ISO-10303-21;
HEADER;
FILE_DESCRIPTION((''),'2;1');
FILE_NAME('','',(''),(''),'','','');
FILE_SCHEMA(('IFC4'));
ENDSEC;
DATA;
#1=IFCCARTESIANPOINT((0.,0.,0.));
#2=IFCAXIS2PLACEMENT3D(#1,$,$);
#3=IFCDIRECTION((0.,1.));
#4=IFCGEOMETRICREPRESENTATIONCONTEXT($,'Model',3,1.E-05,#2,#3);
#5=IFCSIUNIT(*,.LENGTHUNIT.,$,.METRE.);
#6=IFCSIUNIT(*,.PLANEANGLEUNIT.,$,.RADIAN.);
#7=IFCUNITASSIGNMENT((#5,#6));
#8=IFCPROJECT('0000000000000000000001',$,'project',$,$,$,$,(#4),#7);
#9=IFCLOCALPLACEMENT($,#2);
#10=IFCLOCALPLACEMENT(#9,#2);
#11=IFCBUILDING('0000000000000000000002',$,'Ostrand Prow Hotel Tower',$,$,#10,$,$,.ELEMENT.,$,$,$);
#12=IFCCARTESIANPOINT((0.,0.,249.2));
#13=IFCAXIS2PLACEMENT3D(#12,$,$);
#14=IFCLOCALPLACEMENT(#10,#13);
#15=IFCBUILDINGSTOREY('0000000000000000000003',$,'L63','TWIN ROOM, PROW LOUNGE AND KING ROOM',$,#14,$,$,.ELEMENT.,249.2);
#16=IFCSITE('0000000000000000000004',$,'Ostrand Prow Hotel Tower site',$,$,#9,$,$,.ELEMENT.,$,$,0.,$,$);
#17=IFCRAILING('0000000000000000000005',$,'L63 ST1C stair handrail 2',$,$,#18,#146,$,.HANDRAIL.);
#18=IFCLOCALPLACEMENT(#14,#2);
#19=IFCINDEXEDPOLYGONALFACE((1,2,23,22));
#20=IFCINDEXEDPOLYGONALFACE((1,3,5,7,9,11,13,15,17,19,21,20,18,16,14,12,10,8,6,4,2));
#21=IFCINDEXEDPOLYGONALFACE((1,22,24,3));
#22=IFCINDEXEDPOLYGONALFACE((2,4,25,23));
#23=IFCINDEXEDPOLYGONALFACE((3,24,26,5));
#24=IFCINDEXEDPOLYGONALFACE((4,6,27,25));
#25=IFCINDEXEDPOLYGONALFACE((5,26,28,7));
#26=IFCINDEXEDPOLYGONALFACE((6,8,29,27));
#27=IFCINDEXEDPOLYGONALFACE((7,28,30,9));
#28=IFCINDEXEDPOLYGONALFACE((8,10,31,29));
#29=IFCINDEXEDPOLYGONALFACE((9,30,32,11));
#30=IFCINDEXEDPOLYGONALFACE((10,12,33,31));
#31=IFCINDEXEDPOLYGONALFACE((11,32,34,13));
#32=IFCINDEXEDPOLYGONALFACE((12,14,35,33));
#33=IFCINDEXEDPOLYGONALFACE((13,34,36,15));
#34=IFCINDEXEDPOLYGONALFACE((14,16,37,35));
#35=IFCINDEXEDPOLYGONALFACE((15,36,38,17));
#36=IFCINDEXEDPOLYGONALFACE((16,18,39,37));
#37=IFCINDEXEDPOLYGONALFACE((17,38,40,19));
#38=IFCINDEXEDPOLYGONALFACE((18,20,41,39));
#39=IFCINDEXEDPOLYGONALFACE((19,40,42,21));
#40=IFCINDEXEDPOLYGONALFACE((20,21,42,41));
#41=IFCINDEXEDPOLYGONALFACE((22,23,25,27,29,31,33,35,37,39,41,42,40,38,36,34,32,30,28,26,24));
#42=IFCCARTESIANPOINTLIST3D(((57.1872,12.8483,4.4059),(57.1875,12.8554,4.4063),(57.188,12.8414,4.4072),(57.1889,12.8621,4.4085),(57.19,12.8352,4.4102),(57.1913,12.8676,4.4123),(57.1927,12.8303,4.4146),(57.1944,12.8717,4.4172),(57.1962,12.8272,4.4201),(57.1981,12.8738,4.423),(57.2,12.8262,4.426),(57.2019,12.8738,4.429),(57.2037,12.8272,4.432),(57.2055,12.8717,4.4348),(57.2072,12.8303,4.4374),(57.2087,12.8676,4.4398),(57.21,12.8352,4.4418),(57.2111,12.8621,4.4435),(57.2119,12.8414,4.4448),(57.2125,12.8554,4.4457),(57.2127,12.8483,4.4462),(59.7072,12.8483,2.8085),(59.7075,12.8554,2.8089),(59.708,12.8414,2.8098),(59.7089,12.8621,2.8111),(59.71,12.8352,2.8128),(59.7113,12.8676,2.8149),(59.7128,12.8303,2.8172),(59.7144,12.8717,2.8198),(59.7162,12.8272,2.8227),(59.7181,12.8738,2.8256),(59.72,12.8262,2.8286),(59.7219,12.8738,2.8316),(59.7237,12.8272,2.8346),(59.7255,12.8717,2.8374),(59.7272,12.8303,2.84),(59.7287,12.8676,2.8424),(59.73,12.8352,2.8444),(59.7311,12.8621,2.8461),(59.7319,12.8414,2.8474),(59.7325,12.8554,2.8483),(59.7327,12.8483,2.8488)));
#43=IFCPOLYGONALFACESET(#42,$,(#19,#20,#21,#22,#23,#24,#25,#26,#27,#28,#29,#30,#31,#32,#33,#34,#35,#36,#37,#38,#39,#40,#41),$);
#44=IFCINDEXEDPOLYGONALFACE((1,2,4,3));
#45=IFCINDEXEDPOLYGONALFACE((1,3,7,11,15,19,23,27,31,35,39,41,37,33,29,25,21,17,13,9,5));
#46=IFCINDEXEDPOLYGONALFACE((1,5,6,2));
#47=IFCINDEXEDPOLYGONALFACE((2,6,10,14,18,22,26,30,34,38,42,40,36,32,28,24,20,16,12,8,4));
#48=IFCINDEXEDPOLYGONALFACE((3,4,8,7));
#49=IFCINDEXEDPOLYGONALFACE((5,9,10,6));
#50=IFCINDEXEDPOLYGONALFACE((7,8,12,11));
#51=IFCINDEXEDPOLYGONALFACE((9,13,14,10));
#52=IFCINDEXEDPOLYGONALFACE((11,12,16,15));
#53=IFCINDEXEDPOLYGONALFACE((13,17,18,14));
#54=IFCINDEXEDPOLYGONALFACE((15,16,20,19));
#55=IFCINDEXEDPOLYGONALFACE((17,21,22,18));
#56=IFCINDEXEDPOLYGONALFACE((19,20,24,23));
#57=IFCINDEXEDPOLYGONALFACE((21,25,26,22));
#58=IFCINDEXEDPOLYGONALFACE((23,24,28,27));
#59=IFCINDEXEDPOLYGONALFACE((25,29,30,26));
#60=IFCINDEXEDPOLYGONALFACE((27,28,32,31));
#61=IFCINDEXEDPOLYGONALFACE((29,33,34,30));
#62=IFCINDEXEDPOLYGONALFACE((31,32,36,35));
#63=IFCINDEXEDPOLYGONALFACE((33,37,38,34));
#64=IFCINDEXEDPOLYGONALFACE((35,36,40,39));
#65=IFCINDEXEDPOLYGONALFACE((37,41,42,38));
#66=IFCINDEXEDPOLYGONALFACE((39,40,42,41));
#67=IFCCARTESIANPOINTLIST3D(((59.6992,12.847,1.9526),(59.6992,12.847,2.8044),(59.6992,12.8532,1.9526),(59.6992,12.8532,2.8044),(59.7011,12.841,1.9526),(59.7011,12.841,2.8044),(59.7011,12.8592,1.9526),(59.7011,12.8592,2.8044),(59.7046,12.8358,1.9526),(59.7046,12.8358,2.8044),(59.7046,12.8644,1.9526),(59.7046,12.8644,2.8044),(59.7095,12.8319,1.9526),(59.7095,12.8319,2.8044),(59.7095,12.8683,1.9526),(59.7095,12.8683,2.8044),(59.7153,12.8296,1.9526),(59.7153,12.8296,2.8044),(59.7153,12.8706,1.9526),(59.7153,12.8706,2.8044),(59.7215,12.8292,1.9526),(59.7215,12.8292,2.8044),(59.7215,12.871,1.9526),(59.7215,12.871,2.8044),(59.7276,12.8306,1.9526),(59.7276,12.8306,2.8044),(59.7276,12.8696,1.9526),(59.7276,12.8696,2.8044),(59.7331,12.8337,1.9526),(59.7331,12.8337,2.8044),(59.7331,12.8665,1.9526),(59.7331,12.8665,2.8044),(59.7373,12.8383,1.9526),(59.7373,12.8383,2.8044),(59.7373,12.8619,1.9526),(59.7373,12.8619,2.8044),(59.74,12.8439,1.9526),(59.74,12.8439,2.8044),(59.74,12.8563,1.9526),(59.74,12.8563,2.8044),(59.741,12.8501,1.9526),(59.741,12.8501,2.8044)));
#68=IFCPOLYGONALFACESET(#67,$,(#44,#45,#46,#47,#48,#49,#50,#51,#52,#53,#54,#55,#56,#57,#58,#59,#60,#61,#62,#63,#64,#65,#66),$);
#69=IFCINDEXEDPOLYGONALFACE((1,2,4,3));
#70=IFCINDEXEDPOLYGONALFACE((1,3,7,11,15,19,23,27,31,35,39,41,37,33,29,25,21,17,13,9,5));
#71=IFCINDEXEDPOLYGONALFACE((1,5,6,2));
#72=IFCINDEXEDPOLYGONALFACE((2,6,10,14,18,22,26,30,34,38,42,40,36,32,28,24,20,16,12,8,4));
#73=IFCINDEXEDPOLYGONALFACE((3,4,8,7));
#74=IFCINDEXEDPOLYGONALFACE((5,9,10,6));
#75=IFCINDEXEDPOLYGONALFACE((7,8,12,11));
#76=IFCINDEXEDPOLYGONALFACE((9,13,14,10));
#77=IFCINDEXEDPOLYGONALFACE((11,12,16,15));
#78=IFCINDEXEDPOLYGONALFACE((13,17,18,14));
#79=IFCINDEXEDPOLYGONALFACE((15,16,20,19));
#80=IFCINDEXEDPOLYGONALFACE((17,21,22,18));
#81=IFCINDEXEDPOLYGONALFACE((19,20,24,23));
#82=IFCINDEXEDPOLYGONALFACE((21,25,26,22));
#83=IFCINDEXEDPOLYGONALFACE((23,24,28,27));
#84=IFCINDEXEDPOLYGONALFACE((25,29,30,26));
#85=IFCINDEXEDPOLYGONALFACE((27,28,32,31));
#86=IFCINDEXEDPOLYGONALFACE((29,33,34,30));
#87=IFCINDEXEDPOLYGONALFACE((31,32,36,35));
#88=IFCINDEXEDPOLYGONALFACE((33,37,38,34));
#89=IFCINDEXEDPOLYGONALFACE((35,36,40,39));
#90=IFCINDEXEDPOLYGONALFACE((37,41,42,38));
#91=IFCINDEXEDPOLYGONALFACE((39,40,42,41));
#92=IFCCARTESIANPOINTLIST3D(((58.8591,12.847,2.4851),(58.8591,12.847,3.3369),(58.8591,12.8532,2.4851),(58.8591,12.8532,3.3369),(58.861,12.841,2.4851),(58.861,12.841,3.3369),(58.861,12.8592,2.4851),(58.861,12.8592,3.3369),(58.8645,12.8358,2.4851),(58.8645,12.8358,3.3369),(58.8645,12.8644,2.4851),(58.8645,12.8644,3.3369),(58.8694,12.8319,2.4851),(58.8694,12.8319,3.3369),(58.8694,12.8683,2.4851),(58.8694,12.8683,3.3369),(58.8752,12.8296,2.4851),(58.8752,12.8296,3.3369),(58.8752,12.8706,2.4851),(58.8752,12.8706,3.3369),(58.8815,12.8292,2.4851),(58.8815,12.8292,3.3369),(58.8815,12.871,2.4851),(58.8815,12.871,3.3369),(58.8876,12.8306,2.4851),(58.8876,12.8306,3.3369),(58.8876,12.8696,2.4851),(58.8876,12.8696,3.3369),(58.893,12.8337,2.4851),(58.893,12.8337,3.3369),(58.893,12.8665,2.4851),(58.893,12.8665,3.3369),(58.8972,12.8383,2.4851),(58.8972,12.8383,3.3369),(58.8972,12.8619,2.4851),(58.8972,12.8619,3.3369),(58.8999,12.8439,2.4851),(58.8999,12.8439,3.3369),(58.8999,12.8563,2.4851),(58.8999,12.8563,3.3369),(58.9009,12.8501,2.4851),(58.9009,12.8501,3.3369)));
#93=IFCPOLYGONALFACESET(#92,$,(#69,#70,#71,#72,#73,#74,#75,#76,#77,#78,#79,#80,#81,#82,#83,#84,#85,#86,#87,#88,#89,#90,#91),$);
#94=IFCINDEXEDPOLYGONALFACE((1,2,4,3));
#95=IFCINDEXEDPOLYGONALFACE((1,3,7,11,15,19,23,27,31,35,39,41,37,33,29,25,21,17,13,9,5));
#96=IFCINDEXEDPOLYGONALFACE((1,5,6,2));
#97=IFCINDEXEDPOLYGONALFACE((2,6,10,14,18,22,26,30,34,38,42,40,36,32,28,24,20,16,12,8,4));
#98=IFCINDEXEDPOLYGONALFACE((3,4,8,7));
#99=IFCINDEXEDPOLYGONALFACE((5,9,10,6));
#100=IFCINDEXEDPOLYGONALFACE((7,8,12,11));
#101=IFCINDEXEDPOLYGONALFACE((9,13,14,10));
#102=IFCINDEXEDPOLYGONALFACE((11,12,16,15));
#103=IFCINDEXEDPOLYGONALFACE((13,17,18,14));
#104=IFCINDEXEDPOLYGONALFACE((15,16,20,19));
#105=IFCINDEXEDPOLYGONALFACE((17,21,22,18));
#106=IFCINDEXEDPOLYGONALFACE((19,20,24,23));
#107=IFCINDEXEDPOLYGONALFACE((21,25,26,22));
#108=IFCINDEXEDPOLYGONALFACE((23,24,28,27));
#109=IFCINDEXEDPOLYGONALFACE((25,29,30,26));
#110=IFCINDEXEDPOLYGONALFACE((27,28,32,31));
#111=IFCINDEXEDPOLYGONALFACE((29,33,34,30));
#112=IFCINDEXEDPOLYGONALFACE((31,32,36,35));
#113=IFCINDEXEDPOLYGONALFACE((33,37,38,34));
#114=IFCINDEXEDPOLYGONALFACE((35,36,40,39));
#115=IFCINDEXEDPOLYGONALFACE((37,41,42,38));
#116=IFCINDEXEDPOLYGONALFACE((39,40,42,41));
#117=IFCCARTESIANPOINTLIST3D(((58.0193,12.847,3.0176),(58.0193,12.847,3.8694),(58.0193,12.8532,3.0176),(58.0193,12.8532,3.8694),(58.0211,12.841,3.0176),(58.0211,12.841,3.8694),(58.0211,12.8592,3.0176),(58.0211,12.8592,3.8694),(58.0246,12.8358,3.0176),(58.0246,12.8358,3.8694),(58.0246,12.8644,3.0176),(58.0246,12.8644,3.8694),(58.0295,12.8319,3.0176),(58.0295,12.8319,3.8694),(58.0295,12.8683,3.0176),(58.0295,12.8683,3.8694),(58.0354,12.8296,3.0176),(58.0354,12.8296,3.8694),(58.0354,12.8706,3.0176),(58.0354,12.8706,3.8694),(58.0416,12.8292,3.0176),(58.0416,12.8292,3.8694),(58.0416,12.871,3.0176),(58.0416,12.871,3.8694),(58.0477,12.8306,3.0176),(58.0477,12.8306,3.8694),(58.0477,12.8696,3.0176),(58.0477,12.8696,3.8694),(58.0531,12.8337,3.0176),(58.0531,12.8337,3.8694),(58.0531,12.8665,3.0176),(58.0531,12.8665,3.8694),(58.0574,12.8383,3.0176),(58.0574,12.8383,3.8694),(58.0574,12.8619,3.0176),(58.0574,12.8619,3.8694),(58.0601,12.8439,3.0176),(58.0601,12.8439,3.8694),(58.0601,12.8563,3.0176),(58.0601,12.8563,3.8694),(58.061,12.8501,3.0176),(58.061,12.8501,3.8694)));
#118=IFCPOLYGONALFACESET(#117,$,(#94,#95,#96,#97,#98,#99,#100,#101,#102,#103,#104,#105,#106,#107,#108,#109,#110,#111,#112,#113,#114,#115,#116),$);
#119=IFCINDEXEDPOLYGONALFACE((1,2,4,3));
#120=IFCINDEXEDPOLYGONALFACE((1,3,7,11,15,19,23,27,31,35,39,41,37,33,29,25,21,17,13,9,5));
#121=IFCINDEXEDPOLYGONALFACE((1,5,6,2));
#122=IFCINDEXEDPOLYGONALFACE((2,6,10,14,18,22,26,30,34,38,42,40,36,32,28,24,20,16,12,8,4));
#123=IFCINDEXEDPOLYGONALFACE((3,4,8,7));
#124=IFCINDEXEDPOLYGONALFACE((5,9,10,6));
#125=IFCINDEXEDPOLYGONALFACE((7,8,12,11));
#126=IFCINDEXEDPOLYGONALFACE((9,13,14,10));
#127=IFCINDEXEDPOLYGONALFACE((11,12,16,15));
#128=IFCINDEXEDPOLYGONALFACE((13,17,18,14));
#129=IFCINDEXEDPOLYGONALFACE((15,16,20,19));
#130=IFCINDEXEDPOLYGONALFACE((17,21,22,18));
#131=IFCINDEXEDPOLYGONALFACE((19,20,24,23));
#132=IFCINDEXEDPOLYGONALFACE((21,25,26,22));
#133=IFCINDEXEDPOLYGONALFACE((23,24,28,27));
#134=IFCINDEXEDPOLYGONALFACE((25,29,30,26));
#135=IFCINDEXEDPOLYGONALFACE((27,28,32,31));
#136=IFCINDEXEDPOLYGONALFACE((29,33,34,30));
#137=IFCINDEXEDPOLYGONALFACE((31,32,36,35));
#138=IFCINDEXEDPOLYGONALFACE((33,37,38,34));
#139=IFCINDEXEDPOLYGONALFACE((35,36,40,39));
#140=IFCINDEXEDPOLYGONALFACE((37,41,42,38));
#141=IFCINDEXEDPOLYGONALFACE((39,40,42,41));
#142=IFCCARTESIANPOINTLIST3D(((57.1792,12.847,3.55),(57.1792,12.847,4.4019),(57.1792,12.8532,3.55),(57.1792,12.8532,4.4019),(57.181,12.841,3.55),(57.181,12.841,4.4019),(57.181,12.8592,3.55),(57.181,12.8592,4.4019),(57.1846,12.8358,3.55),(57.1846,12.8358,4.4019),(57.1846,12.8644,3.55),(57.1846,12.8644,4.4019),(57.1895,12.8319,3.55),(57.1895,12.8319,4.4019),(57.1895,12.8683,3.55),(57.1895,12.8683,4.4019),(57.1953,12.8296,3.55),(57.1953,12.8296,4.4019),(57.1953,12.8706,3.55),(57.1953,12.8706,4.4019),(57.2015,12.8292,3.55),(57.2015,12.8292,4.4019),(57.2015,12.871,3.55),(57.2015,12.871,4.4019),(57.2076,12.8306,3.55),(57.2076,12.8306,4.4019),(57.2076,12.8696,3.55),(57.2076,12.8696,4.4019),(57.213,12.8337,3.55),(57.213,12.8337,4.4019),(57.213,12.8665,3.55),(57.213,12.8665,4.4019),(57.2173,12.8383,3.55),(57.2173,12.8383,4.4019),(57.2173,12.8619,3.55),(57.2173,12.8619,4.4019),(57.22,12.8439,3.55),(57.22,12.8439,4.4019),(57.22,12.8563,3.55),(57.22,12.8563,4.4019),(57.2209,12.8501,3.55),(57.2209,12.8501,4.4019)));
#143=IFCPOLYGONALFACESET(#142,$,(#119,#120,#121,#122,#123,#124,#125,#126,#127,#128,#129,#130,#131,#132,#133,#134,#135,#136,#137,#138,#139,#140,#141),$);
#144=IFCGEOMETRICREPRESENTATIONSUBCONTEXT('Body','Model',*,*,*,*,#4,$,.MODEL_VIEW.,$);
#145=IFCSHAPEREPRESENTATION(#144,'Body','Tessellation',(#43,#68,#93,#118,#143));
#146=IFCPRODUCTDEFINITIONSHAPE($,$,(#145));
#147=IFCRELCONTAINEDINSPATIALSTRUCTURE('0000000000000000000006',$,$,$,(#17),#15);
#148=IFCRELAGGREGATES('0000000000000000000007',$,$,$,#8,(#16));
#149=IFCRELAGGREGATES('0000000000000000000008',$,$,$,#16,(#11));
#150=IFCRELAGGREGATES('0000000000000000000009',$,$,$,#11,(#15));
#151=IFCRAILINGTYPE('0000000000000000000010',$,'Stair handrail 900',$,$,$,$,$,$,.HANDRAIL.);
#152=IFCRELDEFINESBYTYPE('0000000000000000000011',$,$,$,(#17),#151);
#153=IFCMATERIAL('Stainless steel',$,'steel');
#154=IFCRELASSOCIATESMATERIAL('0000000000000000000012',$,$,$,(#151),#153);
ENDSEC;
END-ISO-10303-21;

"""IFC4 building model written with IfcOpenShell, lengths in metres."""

from ifc_helpers import new_model, si_unit, direction, frame, origin, origin_2d, place, context, subcontext, project, spatial, circle, extrude, material, type_object, element, save


model = new_model("IFC4")

# Units and contexts
model_context = context("Model", 3, precision=1e-05, world=origin(), true_north=direction((0.0, 1.0)))
body_context = subcontext(model_context, "Body", "Model", "MODEL_VIEW")
ifc_project = project(units=[si_unit("LENGTHUNIT", "METRE"), si_unit("PLANEANGLEUNIT", "RADIAN")], contexts=[model_context])

# Site, building, storey
site_placement = place(None, origin())
site = spatial("IfcSite", under=ifc_project, at=site_placement, Name="Ostrand Prow Hotel Tower site", CompositionType="ELEMENT", RefElevation=0.0)
building_placement = place(site_placement, origin())
building = spatial("IfcBuilding", under=site, at=building_placement, Name="Ostrand Prow Hotel Tower", CompositionType="ELEMENT")
storey_placement = place(building_placement, frame((0.0, 0.0, 249.2)))
storey = spatial("IfcBuildingStorey", under=building, at=storey_placement, Name="L63", Description="TWIN ROOM, PROW LOUNGE AND KING ROOM", CompositionType="ELEMENT", Elevation=249.2)

# Railing
ifc_material_1 = material(Name="Stainless steel", Category="steel")
railing_type_1 = type_object("IfcRailingType", Name="Stair handrail 900", PredefinedType="HANDRAIL", material=ifc_material_1)
railing_1_placement = place(storey_placement, frame((59.72, 12.8501, 1.9526)))
element("IfcRailing", 1, at=railing_1_placement, inside=storey, type_object=railing_type_1, Name="L63 ST1C stair handrail 2", PredefinedType="HANDRAIL", context=body_context, shape_type="SweptSolid", body=[
    extrude(circle(Radius=0.0239, at=origin_2d()), frame((0.0, 0.0, 0.876), z_axis=(-0.844607, 0.0, 0.535387), x_axis=(0.0, -1.0, 0.0)), (0.0, 0.0, 1.0), 2.9836),
    extrude(circle(Radius=0.021, at=origin_2d()), origin(), (0.0, 0.0, 1.0), 0.8518),
    extrude(circle(Radius=0.021, at=origin_2d()), frame((-0.8401, 0.0, 0.5325)), (0.0, 0.0, 1.0), 0.8518),
    extrude(circle(Radius=0.021, at=origin_2d()), frame((-1.6799, 0.0, 1.0649)), (0.0, 0.0, 1.0), 0.8518),
    extrude(circle(Radius=0.021, at=origin_2d()), frame((-2.52, 0.0, 1.5974)), (0.0, 0.0, 1.0), 0.8518),
])

save(model, "model.ifc")
